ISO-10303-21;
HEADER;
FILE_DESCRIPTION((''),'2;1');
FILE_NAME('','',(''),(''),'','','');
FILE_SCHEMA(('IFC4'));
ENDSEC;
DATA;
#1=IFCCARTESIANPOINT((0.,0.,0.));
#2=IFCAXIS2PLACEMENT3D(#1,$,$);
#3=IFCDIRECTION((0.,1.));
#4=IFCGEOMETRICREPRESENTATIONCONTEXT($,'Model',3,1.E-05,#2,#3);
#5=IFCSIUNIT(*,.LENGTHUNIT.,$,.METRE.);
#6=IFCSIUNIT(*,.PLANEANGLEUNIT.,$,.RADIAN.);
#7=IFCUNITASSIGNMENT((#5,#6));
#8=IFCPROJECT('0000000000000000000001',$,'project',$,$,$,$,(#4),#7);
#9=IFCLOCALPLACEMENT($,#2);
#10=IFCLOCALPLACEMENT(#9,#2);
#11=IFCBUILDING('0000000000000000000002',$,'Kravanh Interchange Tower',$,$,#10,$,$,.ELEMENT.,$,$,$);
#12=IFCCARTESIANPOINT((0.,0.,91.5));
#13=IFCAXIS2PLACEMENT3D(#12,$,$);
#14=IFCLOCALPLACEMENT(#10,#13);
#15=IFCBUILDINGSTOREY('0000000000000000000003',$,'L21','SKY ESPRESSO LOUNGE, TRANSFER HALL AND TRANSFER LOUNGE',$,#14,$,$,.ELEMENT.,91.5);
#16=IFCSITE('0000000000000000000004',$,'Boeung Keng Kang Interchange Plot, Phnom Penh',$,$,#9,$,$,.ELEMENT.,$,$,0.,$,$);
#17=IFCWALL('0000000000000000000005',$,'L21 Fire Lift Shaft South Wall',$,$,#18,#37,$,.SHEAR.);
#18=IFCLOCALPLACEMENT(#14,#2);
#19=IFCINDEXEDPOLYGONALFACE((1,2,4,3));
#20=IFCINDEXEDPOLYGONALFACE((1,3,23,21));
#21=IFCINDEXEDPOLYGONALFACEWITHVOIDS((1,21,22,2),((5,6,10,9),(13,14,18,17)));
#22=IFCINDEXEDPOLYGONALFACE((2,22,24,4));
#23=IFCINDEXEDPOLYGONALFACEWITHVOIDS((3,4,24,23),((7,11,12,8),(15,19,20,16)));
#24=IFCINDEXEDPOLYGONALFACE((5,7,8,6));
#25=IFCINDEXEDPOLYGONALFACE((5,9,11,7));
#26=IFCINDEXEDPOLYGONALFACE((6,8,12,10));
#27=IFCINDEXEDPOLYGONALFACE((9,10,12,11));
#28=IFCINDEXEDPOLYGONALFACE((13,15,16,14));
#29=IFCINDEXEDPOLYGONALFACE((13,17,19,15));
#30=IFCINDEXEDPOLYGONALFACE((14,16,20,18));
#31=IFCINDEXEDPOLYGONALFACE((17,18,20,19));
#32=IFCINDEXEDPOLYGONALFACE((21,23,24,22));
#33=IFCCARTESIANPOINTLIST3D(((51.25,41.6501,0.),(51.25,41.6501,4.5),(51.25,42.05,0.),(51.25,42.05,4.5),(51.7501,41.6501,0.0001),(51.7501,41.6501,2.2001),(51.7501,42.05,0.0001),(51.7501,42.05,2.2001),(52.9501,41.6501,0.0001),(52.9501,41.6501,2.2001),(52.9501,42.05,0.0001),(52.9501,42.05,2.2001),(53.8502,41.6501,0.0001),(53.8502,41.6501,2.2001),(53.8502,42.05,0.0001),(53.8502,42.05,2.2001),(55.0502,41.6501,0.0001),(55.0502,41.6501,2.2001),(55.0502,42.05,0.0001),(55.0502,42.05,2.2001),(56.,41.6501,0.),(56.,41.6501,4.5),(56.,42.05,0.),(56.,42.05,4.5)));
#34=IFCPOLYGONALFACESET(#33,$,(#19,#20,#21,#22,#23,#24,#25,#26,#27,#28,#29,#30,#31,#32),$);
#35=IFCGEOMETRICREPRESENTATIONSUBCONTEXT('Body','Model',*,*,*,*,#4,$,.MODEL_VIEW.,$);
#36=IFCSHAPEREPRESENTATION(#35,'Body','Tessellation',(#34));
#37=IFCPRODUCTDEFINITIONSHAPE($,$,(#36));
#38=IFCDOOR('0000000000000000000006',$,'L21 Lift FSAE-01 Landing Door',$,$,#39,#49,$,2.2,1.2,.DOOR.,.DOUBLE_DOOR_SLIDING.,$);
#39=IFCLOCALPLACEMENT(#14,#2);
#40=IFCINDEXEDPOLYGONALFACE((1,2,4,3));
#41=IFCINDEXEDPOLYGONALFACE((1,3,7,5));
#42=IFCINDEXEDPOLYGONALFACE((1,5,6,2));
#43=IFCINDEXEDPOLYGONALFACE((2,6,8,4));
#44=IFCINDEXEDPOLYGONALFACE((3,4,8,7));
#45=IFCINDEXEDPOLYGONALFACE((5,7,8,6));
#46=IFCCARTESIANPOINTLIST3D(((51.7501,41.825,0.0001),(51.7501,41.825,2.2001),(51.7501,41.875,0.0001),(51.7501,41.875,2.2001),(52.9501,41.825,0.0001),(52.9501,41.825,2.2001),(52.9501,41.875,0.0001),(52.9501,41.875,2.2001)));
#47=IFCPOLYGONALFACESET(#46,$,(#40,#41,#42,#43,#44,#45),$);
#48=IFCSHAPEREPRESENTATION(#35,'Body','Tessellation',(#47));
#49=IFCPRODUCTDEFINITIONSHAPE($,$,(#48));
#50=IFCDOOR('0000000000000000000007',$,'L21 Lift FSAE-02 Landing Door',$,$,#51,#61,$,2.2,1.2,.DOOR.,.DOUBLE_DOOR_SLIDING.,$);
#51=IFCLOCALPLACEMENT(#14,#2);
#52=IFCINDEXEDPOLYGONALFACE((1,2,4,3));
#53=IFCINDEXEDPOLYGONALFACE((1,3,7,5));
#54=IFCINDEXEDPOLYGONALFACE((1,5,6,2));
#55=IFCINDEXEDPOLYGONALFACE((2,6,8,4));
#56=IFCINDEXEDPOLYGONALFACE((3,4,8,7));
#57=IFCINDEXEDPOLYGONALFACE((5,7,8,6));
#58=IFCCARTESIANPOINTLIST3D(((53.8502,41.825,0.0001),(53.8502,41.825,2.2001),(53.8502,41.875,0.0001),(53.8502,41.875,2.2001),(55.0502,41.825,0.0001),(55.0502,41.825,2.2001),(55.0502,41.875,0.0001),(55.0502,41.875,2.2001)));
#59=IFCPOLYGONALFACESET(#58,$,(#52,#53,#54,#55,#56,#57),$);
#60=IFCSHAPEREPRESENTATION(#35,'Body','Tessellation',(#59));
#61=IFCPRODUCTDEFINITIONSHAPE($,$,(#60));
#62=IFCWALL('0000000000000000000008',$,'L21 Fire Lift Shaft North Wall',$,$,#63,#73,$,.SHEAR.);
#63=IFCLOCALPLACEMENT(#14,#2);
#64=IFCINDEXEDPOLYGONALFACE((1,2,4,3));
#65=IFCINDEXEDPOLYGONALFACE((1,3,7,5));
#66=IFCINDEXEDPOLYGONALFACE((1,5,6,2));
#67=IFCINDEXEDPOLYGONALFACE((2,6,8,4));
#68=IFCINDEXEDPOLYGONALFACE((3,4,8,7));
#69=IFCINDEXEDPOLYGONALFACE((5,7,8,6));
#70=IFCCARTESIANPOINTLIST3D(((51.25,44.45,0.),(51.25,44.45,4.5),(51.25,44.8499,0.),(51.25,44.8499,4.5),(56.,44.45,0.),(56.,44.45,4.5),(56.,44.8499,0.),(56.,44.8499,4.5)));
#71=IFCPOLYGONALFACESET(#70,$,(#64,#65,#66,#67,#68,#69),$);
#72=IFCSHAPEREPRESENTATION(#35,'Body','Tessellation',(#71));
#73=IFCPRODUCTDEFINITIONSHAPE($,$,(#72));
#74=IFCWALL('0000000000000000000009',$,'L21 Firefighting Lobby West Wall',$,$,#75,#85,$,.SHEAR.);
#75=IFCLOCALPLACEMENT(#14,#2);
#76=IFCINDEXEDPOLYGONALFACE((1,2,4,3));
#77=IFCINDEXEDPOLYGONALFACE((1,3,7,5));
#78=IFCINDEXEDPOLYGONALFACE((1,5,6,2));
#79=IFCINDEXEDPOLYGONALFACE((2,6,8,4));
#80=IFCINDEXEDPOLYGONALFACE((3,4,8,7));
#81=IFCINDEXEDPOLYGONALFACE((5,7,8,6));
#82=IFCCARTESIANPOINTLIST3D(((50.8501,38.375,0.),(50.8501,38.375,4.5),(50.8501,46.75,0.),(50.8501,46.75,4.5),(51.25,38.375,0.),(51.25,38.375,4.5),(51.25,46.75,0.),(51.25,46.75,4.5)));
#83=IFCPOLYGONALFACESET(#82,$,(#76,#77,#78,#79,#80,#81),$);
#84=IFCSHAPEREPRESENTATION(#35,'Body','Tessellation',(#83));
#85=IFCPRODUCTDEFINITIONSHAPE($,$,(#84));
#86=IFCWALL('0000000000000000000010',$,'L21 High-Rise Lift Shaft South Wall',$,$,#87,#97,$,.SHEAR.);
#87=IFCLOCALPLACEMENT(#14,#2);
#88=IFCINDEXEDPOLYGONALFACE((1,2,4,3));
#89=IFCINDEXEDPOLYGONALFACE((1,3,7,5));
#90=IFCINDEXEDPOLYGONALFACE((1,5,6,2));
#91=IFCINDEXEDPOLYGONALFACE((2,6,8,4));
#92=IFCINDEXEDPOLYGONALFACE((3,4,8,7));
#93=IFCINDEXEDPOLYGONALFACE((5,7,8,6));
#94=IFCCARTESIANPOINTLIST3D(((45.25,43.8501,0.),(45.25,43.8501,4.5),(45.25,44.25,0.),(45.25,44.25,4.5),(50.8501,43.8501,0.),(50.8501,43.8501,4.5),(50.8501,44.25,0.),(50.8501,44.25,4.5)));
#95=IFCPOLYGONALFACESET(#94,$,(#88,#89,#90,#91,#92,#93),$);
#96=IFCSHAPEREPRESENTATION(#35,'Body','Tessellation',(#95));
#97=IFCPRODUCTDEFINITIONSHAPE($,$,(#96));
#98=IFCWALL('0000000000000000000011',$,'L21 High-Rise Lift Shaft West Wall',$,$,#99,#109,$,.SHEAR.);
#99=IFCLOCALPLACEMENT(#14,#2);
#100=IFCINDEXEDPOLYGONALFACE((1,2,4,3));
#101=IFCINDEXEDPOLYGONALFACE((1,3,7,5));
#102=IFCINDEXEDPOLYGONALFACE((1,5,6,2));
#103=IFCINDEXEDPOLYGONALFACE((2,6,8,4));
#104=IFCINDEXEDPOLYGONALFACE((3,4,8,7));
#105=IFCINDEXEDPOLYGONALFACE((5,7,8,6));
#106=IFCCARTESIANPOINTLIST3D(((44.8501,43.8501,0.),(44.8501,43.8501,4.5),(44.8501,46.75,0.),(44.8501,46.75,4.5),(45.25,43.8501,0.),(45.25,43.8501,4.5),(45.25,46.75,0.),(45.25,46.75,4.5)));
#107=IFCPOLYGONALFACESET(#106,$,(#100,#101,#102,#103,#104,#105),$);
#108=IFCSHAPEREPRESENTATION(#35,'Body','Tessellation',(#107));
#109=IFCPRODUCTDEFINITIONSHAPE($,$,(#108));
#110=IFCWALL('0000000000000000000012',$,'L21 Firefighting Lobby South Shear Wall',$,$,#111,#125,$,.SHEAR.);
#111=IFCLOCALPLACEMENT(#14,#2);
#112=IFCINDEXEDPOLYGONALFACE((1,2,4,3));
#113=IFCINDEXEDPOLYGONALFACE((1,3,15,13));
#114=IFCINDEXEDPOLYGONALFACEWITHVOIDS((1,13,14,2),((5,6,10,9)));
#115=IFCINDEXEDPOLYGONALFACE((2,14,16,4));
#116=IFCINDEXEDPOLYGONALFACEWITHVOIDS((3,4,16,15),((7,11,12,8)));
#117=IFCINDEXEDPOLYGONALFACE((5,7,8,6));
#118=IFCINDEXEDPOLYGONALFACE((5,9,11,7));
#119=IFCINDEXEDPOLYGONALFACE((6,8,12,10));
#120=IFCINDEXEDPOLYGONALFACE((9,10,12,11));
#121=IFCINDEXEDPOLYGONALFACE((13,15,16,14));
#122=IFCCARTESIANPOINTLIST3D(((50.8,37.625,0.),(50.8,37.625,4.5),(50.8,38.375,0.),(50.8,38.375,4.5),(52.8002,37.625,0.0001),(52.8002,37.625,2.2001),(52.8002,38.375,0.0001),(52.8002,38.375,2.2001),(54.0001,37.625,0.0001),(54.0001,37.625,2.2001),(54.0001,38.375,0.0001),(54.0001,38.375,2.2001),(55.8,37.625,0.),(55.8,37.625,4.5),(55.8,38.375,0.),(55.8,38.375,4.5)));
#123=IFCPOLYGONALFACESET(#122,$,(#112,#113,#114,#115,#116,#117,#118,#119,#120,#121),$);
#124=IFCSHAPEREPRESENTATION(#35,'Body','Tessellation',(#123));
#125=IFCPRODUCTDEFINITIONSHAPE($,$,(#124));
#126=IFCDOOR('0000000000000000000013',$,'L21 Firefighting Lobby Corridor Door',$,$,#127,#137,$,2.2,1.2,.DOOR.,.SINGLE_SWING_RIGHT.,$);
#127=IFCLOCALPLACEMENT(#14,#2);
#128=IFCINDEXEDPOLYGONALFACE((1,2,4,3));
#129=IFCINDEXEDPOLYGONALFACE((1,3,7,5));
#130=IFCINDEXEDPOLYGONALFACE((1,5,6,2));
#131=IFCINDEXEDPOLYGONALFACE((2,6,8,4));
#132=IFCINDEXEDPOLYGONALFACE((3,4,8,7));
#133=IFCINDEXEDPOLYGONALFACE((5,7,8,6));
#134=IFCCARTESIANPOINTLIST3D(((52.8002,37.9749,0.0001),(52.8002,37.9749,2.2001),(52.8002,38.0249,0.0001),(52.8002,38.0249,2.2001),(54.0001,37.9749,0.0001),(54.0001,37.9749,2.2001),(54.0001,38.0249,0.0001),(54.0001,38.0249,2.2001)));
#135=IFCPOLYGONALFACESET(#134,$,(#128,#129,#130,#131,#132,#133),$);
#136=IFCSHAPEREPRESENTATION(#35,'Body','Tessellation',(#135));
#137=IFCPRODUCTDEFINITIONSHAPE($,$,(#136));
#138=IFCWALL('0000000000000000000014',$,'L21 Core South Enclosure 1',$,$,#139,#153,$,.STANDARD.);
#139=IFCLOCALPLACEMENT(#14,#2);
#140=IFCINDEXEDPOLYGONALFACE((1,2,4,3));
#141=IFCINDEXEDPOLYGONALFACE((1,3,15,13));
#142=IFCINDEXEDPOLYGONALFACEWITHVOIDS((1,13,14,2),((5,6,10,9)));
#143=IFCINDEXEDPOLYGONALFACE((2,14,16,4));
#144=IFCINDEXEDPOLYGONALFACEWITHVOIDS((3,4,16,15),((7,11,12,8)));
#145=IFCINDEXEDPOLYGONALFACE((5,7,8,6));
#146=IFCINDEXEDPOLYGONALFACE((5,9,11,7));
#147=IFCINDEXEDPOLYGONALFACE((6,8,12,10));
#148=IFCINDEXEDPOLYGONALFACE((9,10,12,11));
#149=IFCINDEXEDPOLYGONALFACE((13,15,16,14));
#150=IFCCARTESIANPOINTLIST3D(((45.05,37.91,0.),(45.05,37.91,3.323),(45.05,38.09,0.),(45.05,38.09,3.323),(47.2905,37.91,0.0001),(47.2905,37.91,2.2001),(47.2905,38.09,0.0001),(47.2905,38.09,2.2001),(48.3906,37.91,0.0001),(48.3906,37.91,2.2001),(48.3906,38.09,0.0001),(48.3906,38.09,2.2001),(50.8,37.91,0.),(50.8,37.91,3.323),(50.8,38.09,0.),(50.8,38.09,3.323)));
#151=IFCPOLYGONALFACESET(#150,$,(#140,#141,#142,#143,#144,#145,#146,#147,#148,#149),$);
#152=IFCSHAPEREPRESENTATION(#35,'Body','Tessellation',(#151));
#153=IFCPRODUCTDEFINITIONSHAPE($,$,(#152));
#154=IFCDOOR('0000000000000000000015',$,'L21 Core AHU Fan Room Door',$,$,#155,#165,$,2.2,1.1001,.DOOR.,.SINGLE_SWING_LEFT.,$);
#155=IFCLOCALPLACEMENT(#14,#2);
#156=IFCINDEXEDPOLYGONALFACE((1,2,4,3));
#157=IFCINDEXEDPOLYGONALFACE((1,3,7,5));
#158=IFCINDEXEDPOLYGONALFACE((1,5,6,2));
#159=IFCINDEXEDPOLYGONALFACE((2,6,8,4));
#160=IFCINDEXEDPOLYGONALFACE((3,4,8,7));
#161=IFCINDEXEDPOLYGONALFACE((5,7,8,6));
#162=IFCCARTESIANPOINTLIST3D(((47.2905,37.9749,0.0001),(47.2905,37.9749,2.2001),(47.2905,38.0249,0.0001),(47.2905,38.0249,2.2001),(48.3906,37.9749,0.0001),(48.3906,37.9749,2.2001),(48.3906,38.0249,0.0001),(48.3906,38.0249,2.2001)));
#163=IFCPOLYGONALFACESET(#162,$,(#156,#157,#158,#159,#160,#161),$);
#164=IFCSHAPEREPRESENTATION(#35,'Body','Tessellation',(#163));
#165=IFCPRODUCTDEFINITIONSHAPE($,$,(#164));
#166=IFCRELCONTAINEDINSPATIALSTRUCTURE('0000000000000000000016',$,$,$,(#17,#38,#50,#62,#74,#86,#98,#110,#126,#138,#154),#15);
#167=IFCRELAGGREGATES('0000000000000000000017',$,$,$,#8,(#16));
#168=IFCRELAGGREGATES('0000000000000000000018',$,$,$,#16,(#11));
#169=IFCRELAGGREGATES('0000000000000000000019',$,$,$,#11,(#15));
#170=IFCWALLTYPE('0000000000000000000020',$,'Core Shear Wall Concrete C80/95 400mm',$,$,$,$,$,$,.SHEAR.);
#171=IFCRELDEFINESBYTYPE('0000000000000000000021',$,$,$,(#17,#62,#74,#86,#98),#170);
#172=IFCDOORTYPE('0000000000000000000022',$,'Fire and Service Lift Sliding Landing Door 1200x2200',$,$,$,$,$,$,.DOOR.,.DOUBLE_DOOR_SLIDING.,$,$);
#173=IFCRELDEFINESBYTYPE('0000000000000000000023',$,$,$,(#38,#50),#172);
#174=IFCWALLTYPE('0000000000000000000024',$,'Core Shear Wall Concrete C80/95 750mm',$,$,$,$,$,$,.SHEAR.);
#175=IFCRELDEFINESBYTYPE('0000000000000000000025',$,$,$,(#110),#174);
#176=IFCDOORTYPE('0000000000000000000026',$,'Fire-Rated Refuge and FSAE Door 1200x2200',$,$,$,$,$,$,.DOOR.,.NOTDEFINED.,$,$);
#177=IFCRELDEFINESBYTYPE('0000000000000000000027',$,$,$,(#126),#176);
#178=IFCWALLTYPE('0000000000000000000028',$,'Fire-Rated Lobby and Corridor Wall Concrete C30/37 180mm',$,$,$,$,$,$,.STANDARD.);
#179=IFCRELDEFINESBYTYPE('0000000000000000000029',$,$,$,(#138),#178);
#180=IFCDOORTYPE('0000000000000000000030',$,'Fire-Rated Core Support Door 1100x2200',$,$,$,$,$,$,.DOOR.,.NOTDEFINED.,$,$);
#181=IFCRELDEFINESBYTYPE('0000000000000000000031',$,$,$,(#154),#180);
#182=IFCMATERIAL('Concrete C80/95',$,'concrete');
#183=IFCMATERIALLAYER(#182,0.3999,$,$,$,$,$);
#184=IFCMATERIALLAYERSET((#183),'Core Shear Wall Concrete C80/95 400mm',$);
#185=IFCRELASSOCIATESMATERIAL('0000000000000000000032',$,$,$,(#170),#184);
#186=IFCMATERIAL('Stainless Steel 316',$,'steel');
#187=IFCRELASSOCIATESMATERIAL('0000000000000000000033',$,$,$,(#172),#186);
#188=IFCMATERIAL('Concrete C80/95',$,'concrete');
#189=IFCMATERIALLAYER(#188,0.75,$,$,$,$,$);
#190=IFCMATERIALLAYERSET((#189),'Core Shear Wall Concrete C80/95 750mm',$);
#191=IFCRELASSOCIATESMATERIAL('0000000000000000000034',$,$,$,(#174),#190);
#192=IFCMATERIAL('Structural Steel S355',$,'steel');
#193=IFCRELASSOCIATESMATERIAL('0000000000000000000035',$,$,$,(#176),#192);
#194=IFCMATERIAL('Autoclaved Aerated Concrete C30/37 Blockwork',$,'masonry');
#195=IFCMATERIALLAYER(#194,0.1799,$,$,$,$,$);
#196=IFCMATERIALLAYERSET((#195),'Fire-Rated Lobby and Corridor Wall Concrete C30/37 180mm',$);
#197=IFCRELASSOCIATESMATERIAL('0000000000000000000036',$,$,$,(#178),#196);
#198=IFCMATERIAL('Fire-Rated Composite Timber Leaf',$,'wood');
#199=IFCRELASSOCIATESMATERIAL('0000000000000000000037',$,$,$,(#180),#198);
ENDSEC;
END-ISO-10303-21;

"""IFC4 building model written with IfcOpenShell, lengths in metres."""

from ifc_helpers import new_model, si_unit, direction, frame, frame_2d, origin, place, context, subcontext, project, spatial, rectangle, extrude, material, layer, layer_set, type_object, element, fill, save


model = new_model("IFC4")

# Units and contexts
model_context = context("Model", 3, precision=1e-05, world=origin(), true_north=direction((0.0, 1.0)))
body_context = subcontext(model_context, "Body", "Model", "MODEL_VIEW")
ifc_project = project(units=[si_unit("LENGTHUNIT", "METRE"), si_unit("PLANEANGLEUNIT", "RADIAN")], contexts=[model_context])

# Site, building, storey
site_placement = place(None, origin())
site = spatial("IfcSite", under=ifc_project, at=site_placement, Name="Boeung Keng Kang Interchange Plot, Phnom Penh", CompositionType="ELEMENT", RefElevation=0.0)
building_placement = place(site_placement, origin())
building = spatial("IfcBuilding", under=site, at=building_placement, Name="Kravanh Interchange Tower", CompositionType="ELEMENT")
storey_placement = place(building_placement, frame((0.0, 0.0, 91.5)))
storey = spatial("IfcBuildingStorey", under=building, at=storey_placement, Name="L21", Description="SKY ESPRESSO LOUNGE, TRANSFER HALL AND TRANSFER LOUNGE", CompositionType="ELEMENT", Elevation=91.5)

# Wall, openings, doors
ifc_material_1 = material(Name="Concrete C80/95", Category="concrete")
ifc_layer_1 = layer(ifc_material_1, 0.3999)
ifc_layer_set_1 = layer_set([ifc_layer_1], Name="Core Shear Wall Concrete C80/95 400mm")
wall_type_1 = type_object("IfcWallType", Name="Core Shear Wall Concrete C80/95 400mm", PredefinedType="SHEAR", material=ifc_layer_set_1)
wall_1_placement = place(storey_placement, frame((51.25, 41.8501, 0.0), z_axis=(0.0, 0.0, 1.0), x_axis=(1.0, 0.0, 0.0)))
wall_1 = element("IfcWall", 1, at=wall_1_placement, inside=storey, type_object=wall_type_1, Name="L21 Fire Lift Shaft South Wall", PredefinedType="SHEAR", context=body_context, shape_type="SweptSolid", body=[
    extrude(rectangle(XDim=4.75, YDim=0.3999, at=frame_2d((2.375, 0.0))), origin(), (0.0, 0.0, 1.0), 4.5),
])
opening_1_placement = place(wall_1_placement, frame((0.5, 0.0, 0.0)))
opening_1 = element("IfcOpeningElement", 2, at=opening_1_placement, cuts=wall_1, PredefinedType="OPENING", context=body_context, shape_type="SweptSolid", body=[
    extrude(rectangle(XDim=1.2, YDim=2.2, at=frame_2d((0.6001, 1.1001))), frame((0.0, 0.21, 0.0), z_axis=(0.0, -1.0, 0.0), x_axis=(1.0, 0.0, 0.0)), (0.0, 0.0, 1.0), 0.4199),
])
opening_2_placement = place(wall_1_placement, frame((2.6001, 0.0, 0.0)))
opening_2 = element("IfcOpeningElement", 3, at=opening_2_placement, cuts=wall_1, PredefinedType="OPENING", context=body_context, shape_type="SweptSolid", body=[
    extrude(rectangle(XDim=1.2, YDim=2.2, at=frame_2d((0.6001, 1.1001))), frame((0.0, 0.21, 0.0), z_axis=(0.0, -1.0, 0.0), x_axis=(1.0, 0.0, 0.0)), (0.0, 0.0, 1.0), 0.4199),
])
ifc_material_2 = material(Name="Stainless Steel 316", Category="steel")
door_type_1 = type_object("IfcDoorType", Name="Fire and Service Lift Sliding Landing Door 1200x2200", OperationType="DOUBLE_DOOR_SLIDING", PredefinedType="DOOR", material=ifc_material_2)
door_1_placement = place(opening_1_placement, origin())
door_1 = element("IfcDoor", 4, at=door_1_placement, inside=storey, type_object=door_type_1, Name="L21 Lift FSAE-01 Landing Door", OperationType="DOUBLE_DOOR_SLIDING", OverallHeight=2.2, OverallWidth=1.2, PredefinedType="DOOR", context=body_context, shape_type="SweptSolid", body=[
    extrude(rectangle(XDim=1.2, YDim=2.2, at=frame_2d((0.6001, 1.1001))), frame((0.0, 0.0249, 0.0), z_axis=(0.0, -1.0, 0.0), x_axis=(1.0, 0.0, 0.0)), (0.0, 0.0, 1.0), 0.05),
])
fill(opening_1, door_1)
door_2_placement = place(opening_2_placement, origin())
door_2 = element("IfcDoor", 5, at=door_2_placement, inside=storey, type_object=door_type_1, Name="L21 Lift FSAE-02 Landing Door", OperationType="DOUBLE_DOOR_SLIDING", OverallHeight=2.2, OverallWidth=1.2, PredefinedType="DOOR", context=body_context, shape_type="SweptSolid", body=[
    extrude(rectangle(XDim=1.2, YDim=2.2, at=frame_2d((0.6001, 1.1001))), frame((0.0, 0.0249, 0.0), z_axis=(0.0, -1.0, 0.0), x_axis=(1.0, 0.0, 0.0)), (0.0, 0.0, 1.0), 0.05),
])
fill(opening_2, door_2)

# Walls
wall_2_placement = place(storey_placement, frame((51.25, 44.6499, 0.0), z_axis=(0.0, 0.0, 1.0), x_axis=(1.0, 0.0, 0.0)))
element("IfcWall", 6, at=wall_2_placement, inside=storey, type_object=wall_type_1, Name="L21 Fire Lift Shaft North Wall", PredefinedType="SHEAR", context=body_context, shape_type="SweptSolid", body=[
    extrude(rectangle(XDim=4.75, YDim=0.3999, at=frame_2d((2.375, 0.0))), origin(), (0.0, 0.0, 1.0), 4.5),
])
wall_3_placement = place(storey_placement, frame((51.05, 38.375, 0.0), z_axis=(0.0, 0.0, 1.0), x_axis=(0.0, 1.0, 0.0)))
element("IfcWall", 7, at=wall_3_placement, inside=storey, type_object=wall_type_1, Name="L21 Firefighting Lobby West Wall", PredefinedType="SHEAR", context=body_context, shape_type="SweptSolid", body=[
    extrude(rectangle(XDim=8.375, YDim=0.3999, at=frame_2d((4.1875, 0.0))), origin(), (0.0, 0.0, 1.0), 4.5),
])
wall_4_placement = place(storey_placement, frame((45.25, 44.05, 0.0), z_axis=(0.0, 0.0, 1.0), x_axis=(1.0, 0.0, 0.0)))
element("IfcWall", 8, at=wall_4_placement, inside=storey, type_object=wall_type_1, Name="L21 High-Rise Lift Shaft South Wall", PredefinedType="SHEAR", context=body_context, shape_type="SweptSolid", body=[
    extrude(rectangle(XDim=5.6001, YDim=0.3999, at=frame_2d((2.8, 0.0))), origin(), (0.0, 0.0, 1.0), 4.5),
])
wall_5_placement = place(storey_placement, frame((45.05, 43.8501, 0.0), z_axis=(0.0, 0.0, 1.0), x_axis=(0.0, 1.0, 0.0)))
element("IfcWall", 9, at=wall_5_placement, inside=storey, type_object=wall_type_1, Name="L21 High-Rise Lift Shaft West Wall", PredefinedType="SHEAR", context=body_context, shape_type="SweptSolid", body=[
    extrude(rectangle(XDim=2.8999, YDim=0.3999, at=frame_2d((1.45, 0.0))), origin(), (0.0, 0.0, 1.0), 4.5),
])

# Shared definitions
ifc_material_3 = material(Name="Concrete C80/95", Category="concrete")
ifc_layer_2 = layer(ifc_material_3, 0.75)
ifc_layer_set_2 = layer_set([ifc_layer_2], Name="Core Shear Wall Concrete C80/95 750mm")
wall_type_2 = type_object("IfcWallType", Name="Core Shear Wall Concrete C80/95 750mm", PredefinedType="SHEAR", material=ifc_layer_set_2)

# Walls, openings, doors
wall_6_placement = place(storey_placement, frame((50.8, 38.0, 0.0), z_axis=(0.0, 0.0, 1.0), x_axis=(1.0, 0.0, 0.0)))
wall_6 = element("IfcWall", 10, at=wall_6_placement, inside=storey, type_object=wall_type_2, Name="L21 Firefighting Lobby South Shear Wall", PredefinedType="SHEAR", context=body_context, shape_type="SweptSolid", body=[
    extrude(rectangle(XDim=5.0, YDim=0.75, at=frame_2d((2.5, 0.0))), origin(), (0.0, 0.0, 1.0), 4.5),
])
opening_3_placement = place(wall_6_placement, frame((2.0, 0.0, 0.0)))
opening_3 = element("IfcOpeningElement", 11, at=opening_3_placement, cuts=wall_6, PredefinedType="OPENING", context=body_context, shape_type="SweptSolid", body=[
    extrude(rectangle(XDim=1.2, YDim=2.2, at=frame_2d((0.6001, 1.1001))), frame((0.0, 0.385, 0.0), z_axis=(0.0, -1.0, 0.0), x_axis=(1.0, 0.0, 0.0)), (0.0, 0.0, 1.0), 0.77),
])
ifc_material_4 = material(Name="Structural Steel S355", Category="steel")
door_type_2 = type_object("IfcDoorType", Name="Fire-Rated Refuge and FSAE Door 1200x2200", OperationType="NOTDEFINED", PredefinedType="DOOR", material=ifc_material_4)
door_3_placement = place(opening_3_placement, origin())
door_3 = element("IfcDoor", 12, at=door_3_placement, inside=storey, type_object=door_type_2, Name="L21 Firefighting Lobby Corridor Door", OperationType="SINGLE_SWING_RIGHT", OverallHeight=2.2, OverallWidth=1.2, PredefinedType="DOOR", context=body_context, shape_type="SweptSolid", body=[
    extrude(rectangle(XDim=1.2, YDim=2.2, at=frame_2d((0.6001, 1.1001))), frame((0.0, 0.0249, 0.0), z_axis=(0.0, -1.0, 0.0), x_axis=(1.0, 0.0, 0.0)), (0.0, 0.0, 1.0), 0.05),
])
fill(opening_3, door_3)
ifc_material_5 = material(Name="Autoclaved Aerated Concrete C30/37 Blockwork", Category="masonry")
ifc_layer_3 = layer(ifc_material_5, 0.1799)
ifc_layer_set_3 = layer_set([ifc_layer_3], Name="Fire-Rated Lobby and Corridor Wall Concrete C30/37 180mm")
wall_type_3 = type_object("IfcWallType", Name="Fire-Rated Lobby and Corridor Wall Concrete C30/37 180mm", PredefinedType="STANDARD", material=ifc_layer_set_3)
wall_7_placement = place(storey_placement, frame((45.05, 38.0, 0.0), z_axis=(0.0, 0.0, 1.0), x_axis=(1.0, 0.0, 0.0)))
wall_7 = element("IfcWall", 13, at=wall_7_placement, inside=storey, type_object=wall_type_3, Name="L21 Core South Enclosure 1", PredefinedType="STANDARD", context=body_context, shape_type="SweptSolid", body=[
    extrude(rectangle(XDim=5.75, YDim=0.1799, at=frame_2d((2.875, 0.0))), origin(), (0.0, 0.0, 1.0), 3.323),
])
opening_4_placement = place(wall_7_placement, frame((2.2405, 0.0, 0.0)))
opening_4 = element("IfcOpeningElement", 14, at=opening_4_placement, cuts=wall_7, PredefinedType="OPENING", context=body_context, shape_type="SweptSolid", body=[
    extrude(rectangle(XDim=1.1001, YDim=2.2, at=frame_2d((0.55, 1.1001))), frame((0.0, 0.1001, 0.0), z_axis=(0.0, -1.0, 0.0), x_axis=(1.0, 0.0, 0.0)), (0.0, 0.0, 1.0), 0.2),
])
ifc_material_6 = material(Name="Fire-Rated Composite Timber Leaf", Category="wood")
door_type_3 = type_object("IfcDoorType", Name="Fire-Rated Core Support Door 1100x2200", OperationType="NOTDEFINED", PredefinedType="DOOR", material=ifc_material_6)
door_4_placement = place(opening_4_placement, origin())
door_4 = element("IfcDoor", 15, at=door_4_placement, inside=storey, type_object=door_type_3, Name="L21 Core AHU Fan Room Door", OperationType="SINGLE_SWING_LEFT", OverallHeight=2.2, OverallWidth=1.1001, PredefinedType="DOOR", context=body_context, shape_type="SweptSolid", body=[
    extrude(rectangle(XDim=1.1001, YDim=2.2, at=frame_2d((0.55, 1.1001))), frame((0.0, 0.0249, 0.0), z_axis=(0.0, -1.0, 0.0), x_axis=(1.0, 0.0, 0.0)), (0.0, 0.0, 1.0), 0.05),
])
fill(opening_4, door_4)

save(model, "model.ifc")
